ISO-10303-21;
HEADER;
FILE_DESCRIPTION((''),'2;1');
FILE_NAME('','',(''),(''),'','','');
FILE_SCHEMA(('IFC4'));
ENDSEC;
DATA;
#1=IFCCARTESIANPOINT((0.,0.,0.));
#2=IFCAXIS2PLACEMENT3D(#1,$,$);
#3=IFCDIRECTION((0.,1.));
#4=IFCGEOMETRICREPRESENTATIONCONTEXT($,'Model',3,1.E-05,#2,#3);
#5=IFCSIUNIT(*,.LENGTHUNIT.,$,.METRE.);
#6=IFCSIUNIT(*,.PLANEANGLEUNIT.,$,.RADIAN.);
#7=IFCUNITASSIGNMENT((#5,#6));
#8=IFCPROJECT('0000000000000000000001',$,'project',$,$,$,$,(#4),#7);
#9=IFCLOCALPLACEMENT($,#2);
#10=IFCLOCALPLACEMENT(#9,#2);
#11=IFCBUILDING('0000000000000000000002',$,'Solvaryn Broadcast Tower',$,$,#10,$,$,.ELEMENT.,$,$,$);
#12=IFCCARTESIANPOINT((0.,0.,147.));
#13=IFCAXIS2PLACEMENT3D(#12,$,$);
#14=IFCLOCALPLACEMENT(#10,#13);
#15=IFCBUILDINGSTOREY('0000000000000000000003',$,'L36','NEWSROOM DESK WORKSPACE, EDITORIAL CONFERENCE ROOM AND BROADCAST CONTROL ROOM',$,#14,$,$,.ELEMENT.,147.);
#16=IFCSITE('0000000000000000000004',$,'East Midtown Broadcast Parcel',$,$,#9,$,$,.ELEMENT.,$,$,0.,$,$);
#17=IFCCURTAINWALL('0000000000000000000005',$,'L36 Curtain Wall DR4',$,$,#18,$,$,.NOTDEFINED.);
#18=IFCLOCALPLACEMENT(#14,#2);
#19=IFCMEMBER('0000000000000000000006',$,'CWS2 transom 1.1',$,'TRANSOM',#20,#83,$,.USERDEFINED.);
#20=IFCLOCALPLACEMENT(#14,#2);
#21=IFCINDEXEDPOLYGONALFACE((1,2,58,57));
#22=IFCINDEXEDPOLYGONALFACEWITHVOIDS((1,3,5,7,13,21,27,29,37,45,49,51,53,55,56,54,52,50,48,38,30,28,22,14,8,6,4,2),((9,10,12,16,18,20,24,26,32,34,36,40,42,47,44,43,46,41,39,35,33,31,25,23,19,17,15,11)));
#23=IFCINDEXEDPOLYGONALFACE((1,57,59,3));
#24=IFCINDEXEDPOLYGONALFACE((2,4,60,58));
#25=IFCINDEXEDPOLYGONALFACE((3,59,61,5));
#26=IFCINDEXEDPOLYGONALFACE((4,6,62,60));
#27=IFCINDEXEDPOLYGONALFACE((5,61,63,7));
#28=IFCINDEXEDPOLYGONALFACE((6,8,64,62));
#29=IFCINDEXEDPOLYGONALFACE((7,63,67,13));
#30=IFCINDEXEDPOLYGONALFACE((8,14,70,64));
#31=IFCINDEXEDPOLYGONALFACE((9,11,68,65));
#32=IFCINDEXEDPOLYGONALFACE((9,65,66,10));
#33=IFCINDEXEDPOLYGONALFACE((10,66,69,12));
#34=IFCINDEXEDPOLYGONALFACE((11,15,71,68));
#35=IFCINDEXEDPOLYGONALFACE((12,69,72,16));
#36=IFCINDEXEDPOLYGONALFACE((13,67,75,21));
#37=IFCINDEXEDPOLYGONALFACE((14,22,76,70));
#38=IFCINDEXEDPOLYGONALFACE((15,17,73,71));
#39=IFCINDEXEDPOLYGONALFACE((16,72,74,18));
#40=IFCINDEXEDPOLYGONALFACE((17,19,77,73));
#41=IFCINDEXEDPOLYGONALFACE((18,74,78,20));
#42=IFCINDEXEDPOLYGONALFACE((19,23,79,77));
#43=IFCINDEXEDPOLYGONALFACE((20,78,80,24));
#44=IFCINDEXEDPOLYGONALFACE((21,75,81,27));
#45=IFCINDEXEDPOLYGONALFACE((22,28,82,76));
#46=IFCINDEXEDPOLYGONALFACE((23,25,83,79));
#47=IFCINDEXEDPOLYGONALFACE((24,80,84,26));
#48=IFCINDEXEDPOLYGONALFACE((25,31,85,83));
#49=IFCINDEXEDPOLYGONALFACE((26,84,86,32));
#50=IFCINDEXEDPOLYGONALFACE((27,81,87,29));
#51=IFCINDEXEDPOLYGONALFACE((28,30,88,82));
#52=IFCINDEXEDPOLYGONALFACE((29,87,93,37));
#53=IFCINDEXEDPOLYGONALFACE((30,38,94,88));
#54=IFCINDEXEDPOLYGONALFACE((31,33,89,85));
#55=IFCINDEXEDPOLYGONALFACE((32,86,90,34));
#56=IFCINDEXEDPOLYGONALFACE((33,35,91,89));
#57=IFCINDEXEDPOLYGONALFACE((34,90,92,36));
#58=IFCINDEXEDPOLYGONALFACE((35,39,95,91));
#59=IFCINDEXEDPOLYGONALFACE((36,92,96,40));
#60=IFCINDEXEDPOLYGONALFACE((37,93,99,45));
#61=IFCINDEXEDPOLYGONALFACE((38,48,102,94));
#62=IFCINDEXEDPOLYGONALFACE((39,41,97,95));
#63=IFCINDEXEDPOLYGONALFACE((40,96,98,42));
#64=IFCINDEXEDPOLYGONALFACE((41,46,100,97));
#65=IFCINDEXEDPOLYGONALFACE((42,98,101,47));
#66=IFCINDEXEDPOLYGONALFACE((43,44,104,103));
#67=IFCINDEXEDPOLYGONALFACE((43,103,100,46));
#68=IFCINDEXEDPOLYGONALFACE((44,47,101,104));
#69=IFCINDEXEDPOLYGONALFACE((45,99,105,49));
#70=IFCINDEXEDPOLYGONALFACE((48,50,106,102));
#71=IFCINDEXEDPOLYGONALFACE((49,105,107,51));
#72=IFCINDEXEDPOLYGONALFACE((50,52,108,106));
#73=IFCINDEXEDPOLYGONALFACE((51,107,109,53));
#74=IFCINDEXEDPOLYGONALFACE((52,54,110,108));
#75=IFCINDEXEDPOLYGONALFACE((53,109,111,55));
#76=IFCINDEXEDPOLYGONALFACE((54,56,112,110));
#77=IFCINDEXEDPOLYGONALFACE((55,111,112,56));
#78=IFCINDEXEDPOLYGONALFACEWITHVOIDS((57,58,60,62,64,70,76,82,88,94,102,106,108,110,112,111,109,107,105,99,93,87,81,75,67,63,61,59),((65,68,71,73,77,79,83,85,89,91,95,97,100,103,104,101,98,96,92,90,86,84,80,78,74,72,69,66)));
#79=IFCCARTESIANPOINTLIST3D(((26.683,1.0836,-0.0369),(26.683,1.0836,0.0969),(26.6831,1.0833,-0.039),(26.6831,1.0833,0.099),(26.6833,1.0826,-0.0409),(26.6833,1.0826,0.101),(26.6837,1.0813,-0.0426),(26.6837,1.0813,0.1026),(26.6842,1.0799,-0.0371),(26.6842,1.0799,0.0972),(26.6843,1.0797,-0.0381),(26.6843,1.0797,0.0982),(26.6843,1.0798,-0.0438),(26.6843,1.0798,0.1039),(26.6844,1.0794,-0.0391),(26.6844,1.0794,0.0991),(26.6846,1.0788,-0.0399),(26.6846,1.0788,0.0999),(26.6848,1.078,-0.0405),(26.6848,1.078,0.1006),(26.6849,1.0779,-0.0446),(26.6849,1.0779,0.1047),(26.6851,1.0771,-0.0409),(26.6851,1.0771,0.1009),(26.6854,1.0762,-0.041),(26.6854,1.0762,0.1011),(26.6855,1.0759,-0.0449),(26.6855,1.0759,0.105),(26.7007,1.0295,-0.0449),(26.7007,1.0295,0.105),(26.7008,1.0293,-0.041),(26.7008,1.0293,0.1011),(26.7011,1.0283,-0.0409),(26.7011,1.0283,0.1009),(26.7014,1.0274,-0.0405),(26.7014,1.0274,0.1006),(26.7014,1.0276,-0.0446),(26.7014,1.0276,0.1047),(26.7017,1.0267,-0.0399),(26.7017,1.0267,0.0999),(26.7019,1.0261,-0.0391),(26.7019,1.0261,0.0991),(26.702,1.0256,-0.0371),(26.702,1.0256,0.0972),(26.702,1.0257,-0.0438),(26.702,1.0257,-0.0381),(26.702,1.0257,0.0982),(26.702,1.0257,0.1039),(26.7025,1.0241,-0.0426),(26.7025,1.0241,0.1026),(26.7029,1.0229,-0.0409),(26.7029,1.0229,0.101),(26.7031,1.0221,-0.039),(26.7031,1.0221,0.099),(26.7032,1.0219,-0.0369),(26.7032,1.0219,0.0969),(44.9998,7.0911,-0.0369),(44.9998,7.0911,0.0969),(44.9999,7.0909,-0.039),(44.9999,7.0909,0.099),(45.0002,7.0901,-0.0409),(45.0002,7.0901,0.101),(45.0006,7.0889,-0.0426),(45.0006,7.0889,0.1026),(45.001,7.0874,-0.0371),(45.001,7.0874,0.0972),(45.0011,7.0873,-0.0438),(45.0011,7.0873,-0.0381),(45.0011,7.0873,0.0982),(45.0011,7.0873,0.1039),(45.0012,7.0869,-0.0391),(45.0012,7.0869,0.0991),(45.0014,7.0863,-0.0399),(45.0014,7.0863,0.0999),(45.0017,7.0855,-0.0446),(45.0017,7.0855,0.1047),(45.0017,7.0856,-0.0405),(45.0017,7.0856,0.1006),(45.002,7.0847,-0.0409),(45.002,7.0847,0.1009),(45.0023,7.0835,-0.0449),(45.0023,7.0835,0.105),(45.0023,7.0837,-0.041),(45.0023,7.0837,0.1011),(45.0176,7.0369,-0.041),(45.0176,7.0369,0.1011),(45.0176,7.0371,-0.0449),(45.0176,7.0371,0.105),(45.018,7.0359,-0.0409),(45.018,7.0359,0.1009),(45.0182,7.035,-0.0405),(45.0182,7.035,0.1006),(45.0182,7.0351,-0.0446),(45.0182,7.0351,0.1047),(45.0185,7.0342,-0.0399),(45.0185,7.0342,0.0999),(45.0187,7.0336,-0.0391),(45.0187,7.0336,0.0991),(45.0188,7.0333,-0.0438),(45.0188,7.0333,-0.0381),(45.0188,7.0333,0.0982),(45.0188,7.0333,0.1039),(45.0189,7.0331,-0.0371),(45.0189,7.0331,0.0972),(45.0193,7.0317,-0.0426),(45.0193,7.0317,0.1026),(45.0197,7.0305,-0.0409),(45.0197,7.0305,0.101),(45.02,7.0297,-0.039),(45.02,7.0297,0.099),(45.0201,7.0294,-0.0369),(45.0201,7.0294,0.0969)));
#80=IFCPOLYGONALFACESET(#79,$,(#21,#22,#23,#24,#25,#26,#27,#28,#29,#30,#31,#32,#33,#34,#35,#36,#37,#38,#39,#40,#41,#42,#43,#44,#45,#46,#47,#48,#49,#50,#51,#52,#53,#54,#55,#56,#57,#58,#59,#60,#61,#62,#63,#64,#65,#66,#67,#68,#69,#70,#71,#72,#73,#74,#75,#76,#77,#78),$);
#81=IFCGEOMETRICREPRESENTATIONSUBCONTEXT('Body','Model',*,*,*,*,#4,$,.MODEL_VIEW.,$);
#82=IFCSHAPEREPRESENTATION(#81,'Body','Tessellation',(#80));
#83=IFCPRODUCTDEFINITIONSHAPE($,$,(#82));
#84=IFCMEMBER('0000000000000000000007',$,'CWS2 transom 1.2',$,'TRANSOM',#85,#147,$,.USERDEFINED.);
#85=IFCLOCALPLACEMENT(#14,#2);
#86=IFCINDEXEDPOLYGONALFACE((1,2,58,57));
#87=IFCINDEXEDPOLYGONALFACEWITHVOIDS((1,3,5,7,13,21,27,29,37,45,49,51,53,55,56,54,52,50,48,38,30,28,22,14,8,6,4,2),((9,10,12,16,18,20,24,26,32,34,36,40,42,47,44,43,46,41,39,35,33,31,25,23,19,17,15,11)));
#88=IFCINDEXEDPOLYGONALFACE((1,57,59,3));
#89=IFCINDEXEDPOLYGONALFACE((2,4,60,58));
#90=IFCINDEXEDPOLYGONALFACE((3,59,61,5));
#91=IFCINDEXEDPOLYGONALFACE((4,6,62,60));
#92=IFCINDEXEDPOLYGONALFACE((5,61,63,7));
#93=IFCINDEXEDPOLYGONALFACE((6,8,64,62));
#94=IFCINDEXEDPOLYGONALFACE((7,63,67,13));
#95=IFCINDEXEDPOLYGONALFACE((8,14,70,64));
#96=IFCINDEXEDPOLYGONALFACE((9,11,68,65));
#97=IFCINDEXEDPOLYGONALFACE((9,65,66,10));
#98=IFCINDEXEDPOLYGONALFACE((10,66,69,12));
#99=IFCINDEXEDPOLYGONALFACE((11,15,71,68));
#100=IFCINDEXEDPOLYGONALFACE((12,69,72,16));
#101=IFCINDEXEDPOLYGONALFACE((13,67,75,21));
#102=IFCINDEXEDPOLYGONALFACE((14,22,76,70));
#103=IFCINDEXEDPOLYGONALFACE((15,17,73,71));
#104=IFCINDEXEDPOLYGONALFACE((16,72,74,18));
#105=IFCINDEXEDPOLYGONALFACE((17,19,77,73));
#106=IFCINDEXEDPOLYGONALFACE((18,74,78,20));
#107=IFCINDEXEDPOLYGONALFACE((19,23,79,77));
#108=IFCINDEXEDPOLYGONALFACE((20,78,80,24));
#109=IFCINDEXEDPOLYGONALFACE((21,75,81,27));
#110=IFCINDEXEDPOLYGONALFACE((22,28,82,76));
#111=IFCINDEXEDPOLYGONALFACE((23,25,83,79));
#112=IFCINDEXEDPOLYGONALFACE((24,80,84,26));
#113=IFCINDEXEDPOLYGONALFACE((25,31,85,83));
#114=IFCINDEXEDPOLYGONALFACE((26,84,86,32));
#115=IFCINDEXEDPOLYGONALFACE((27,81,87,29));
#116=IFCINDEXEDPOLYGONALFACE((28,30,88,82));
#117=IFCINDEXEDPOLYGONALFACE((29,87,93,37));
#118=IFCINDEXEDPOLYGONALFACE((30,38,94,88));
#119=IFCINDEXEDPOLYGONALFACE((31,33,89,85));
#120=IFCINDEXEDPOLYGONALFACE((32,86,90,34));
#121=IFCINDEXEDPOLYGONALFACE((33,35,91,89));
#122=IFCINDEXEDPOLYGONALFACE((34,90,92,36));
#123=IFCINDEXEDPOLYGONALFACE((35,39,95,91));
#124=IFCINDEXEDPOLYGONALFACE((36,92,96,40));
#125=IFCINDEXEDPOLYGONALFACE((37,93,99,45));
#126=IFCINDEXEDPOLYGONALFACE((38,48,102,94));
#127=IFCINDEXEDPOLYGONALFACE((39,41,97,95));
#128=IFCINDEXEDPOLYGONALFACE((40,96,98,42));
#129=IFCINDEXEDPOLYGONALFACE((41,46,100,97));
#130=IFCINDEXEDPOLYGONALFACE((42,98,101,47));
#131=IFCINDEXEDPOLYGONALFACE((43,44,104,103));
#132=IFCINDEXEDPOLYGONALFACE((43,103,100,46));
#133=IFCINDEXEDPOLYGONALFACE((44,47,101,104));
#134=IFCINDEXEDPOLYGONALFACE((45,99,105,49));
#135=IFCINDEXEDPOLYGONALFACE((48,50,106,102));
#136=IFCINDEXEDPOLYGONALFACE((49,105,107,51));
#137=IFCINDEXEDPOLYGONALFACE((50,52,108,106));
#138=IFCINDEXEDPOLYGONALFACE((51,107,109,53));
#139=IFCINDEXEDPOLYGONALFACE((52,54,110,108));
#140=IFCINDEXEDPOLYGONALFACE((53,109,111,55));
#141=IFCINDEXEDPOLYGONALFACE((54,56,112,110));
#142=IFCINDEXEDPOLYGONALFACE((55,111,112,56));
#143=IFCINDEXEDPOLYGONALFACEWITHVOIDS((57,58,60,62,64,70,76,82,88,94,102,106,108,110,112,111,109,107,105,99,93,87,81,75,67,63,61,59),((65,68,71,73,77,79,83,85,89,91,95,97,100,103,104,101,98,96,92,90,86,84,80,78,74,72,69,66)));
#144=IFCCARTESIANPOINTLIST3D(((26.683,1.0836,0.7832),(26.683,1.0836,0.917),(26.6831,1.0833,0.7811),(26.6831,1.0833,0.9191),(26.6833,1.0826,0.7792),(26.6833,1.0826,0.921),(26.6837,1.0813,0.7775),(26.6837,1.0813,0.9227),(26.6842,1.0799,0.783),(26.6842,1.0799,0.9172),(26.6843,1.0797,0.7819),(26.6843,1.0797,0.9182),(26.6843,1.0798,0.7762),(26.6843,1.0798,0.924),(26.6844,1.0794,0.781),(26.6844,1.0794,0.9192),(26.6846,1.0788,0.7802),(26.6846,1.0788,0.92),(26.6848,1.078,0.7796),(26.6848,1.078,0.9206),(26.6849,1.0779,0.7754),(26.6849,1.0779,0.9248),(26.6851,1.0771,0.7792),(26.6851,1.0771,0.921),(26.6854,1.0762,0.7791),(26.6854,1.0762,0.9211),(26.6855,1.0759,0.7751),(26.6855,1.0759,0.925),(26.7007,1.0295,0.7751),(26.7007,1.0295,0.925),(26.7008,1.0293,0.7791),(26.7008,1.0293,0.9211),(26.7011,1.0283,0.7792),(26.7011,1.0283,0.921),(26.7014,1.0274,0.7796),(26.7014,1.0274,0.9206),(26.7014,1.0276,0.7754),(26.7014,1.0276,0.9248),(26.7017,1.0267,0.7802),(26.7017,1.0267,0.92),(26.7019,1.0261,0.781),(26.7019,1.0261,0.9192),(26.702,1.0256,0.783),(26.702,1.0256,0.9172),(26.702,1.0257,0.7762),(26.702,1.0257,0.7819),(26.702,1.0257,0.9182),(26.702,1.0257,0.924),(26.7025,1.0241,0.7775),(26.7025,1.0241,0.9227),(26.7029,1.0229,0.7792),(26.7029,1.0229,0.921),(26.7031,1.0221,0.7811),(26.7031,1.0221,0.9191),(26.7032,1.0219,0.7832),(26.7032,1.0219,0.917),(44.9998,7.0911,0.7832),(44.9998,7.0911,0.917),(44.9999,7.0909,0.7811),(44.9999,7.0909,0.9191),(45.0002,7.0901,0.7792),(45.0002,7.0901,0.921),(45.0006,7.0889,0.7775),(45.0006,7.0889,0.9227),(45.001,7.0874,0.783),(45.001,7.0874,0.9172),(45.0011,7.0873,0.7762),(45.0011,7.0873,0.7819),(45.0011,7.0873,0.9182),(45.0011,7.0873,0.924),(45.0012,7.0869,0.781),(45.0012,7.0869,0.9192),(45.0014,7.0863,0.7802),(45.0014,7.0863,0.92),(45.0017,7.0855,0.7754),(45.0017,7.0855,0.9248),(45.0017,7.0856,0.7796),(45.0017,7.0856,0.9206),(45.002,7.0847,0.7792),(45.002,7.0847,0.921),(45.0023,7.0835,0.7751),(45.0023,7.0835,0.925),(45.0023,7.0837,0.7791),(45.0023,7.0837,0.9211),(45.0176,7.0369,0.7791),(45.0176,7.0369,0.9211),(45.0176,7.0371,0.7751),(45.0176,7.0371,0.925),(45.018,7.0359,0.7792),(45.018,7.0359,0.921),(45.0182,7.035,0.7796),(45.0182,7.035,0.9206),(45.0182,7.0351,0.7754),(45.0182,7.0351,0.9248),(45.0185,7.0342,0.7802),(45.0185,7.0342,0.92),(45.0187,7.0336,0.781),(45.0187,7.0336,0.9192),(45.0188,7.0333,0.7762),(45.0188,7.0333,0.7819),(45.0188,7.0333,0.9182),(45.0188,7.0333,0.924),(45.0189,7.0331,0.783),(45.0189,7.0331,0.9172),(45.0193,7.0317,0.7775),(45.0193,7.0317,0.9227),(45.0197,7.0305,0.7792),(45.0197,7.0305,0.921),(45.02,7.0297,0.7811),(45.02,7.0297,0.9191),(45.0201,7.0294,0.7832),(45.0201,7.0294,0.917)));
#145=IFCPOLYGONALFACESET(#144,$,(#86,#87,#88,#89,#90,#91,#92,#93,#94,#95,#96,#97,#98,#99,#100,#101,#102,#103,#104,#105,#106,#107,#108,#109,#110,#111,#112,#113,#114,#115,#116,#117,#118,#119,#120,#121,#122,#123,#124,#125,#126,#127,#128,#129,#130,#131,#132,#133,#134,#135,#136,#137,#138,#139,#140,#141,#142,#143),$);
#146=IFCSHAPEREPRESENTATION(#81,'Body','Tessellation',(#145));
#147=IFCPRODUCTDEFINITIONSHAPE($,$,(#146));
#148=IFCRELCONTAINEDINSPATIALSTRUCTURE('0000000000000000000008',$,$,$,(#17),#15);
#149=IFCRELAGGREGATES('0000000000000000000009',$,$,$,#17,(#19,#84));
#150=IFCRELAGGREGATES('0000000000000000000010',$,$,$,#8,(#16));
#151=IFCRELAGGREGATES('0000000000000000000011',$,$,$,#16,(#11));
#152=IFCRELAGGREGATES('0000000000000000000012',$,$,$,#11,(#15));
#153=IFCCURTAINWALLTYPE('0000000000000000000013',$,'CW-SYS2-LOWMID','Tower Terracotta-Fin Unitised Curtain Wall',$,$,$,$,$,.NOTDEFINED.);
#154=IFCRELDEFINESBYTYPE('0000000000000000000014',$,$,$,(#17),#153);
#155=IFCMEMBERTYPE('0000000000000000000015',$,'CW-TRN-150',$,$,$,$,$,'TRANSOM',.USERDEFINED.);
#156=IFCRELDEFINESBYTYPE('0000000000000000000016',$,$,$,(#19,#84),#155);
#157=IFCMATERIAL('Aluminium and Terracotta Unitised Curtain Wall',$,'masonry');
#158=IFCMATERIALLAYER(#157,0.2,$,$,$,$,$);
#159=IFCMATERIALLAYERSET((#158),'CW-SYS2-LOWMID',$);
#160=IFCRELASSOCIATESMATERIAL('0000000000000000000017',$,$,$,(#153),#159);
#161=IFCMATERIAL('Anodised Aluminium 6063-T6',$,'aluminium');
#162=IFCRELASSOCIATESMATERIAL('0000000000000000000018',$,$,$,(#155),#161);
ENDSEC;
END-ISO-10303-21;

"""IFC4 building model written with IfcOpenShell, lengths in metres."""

from ifc_helpers import new_model, si_unit, direction, frame, origin, origin_2d, place, context, subcontext, project, spatial, hollow_rectangle, extrude, material, layer, layer_set, material_profile, profile_set, type_object, element, aggregate, save


model = new_model("IFC4")

# Units and contexts
model_context = context("Model", 3, precision=1e-05, world=origin(), true_north=direction((0.0, 1.0)))
body_context = subcontext(model_context, "Body", "Model", "MODEL_VIEW")
ifc_project = project(units=[si_unit("LENGTHUNIT", "METRE"), si_unit("PLANEANGLEUNIT", "RADIAN")], contexts=[model_context])

# Site, building, storey
site_placement = place(None, origin())
site = spatial("IfcSite", under=ifc_project, at=site_placement, Name="East Midtown Broadcast Parcel", CompositionType="ELEMENT", RefElevation=0.0)
building_placement = place(site_placement, origin())
building = spatial("IfcBuilding", under=site, at=building_placement, Name="Solvaryn Broadcast Tower", CompositionType="ELEMENT")
storey_placement = place(building_placement, frame((0.0, 0.0, 147.0)))
storey = spatial("IfcBuildingStorey", under=building, at=storey_placement, Name="L36", Description="NEWSROOM DESK WORKSPACE, EDITORIAL CONFERENCE ROOM AND BROADCAST CONTROL ROOM", CompositionType="ELEMENT", Elevation=147.0)

# Shared definitions
ifc_material_1 = material(Name="Aluminium and Terracotta Unitised Curtain Wall", Category="masonry")
ifc_layer_1 = layer(ifc_material_1, 0.2)
ifc_layer_set_1 = layer_set([ifc_layer_1], Name="CW-SYS2-LOWMID")
curtain_wall_type = type_object("IfcCurtainWallType", Name="CW-SYS2-LOWMID", Description="Tower Terracotta-Fin Unitised Curtain Wall", PredefinedType="NOTDEFINED", material=ifc_layer_set_1)

# Curtain wall, members
curtain_wall_1_placement = place(storey_placement, origin())
curtain_wall_1 = element("IfcCurtainWall", 1, at=curtain_wall_1_placement, inside=storey, type_object=curtain_wall_type, Name="L36 Curtain Wall DR4", PredefinedType="NOTDEFINED")
ifc_material_2 = material(Name="Anodised Aluminium 6063-T6", Category="aluminium")
ifc_material_profile_1 = material_profile(ifc_material_2, hollow_rectangle(XDim=0.0649, YDim=0.1499, WallThickness=0.0039, InnerFilletRadius=0.0039, OuterFilletRadius=0.0081, at=origin_2d()))
ifc_profile_set_1 = profile_set([ifc_material_profile_1], Name="Anodised Aluminium 6063-T6")
member_type_1 = type_object("IfcMemberType", Name="CW-TRN-150", ElementType="TRANSOM", PredefinedType="USERDEFINED", material=ifc_profile_set_1)
member_1_placement = place(storey_placement, frame((26.6931, 1.0527, 0.03), z_axis=(0.950198, 0.311646, 0.0), x_axis=(-0.311646, 0.950198, 0.0)))
member_1 = element("IfcMember", 2, at=member_1_placement, type_object=member_type_1, Name="CWS2 transom 1.1", ObjectType="TRANSOM", PredefinedType="USERDEFINED", context=body_context, shape_type="SweptSolid", body=[
    extrude(hollow_rectangle(XDim=0.0649, YDim=0.1499, WallThickness=0.0039, InnerFilletRadius=0.0039, OuterFilletRadius=0.0081, at=origin_2d()), origin(), (0.0, 0.0, 1.0), 19.2769),
])
member_2_placement = place(storey_placement, frame((26.6931, 1.0527, 0.8501), z_axis=(0.950198, 0.311646, 0.0), x_axis=(-0.311646, 0.950198, 0.0)))
member_2 = element("IfcMember", 3, at=member_2_placement, type_object=member_type_1, Name="CWS2 transom 1.2", ObjectType="TRANSOM", PredefinedType="USERDEFINED", context=body_context, shape_type="SweptSolid", body=[
    extrude(hollow_rectangle(XDim=0.0649, YDim=0.1499, WallThickness=0.0039, InnerFilletRadius=0.0039, OuterFilletRadius=0.0081, at=origin_2d()), origin(), (0.0, 0.0, 1.0), 19.2769),
])
aggregate(curtain_wall_1, [member_1, member_2])

save(model, "model.ifc")
